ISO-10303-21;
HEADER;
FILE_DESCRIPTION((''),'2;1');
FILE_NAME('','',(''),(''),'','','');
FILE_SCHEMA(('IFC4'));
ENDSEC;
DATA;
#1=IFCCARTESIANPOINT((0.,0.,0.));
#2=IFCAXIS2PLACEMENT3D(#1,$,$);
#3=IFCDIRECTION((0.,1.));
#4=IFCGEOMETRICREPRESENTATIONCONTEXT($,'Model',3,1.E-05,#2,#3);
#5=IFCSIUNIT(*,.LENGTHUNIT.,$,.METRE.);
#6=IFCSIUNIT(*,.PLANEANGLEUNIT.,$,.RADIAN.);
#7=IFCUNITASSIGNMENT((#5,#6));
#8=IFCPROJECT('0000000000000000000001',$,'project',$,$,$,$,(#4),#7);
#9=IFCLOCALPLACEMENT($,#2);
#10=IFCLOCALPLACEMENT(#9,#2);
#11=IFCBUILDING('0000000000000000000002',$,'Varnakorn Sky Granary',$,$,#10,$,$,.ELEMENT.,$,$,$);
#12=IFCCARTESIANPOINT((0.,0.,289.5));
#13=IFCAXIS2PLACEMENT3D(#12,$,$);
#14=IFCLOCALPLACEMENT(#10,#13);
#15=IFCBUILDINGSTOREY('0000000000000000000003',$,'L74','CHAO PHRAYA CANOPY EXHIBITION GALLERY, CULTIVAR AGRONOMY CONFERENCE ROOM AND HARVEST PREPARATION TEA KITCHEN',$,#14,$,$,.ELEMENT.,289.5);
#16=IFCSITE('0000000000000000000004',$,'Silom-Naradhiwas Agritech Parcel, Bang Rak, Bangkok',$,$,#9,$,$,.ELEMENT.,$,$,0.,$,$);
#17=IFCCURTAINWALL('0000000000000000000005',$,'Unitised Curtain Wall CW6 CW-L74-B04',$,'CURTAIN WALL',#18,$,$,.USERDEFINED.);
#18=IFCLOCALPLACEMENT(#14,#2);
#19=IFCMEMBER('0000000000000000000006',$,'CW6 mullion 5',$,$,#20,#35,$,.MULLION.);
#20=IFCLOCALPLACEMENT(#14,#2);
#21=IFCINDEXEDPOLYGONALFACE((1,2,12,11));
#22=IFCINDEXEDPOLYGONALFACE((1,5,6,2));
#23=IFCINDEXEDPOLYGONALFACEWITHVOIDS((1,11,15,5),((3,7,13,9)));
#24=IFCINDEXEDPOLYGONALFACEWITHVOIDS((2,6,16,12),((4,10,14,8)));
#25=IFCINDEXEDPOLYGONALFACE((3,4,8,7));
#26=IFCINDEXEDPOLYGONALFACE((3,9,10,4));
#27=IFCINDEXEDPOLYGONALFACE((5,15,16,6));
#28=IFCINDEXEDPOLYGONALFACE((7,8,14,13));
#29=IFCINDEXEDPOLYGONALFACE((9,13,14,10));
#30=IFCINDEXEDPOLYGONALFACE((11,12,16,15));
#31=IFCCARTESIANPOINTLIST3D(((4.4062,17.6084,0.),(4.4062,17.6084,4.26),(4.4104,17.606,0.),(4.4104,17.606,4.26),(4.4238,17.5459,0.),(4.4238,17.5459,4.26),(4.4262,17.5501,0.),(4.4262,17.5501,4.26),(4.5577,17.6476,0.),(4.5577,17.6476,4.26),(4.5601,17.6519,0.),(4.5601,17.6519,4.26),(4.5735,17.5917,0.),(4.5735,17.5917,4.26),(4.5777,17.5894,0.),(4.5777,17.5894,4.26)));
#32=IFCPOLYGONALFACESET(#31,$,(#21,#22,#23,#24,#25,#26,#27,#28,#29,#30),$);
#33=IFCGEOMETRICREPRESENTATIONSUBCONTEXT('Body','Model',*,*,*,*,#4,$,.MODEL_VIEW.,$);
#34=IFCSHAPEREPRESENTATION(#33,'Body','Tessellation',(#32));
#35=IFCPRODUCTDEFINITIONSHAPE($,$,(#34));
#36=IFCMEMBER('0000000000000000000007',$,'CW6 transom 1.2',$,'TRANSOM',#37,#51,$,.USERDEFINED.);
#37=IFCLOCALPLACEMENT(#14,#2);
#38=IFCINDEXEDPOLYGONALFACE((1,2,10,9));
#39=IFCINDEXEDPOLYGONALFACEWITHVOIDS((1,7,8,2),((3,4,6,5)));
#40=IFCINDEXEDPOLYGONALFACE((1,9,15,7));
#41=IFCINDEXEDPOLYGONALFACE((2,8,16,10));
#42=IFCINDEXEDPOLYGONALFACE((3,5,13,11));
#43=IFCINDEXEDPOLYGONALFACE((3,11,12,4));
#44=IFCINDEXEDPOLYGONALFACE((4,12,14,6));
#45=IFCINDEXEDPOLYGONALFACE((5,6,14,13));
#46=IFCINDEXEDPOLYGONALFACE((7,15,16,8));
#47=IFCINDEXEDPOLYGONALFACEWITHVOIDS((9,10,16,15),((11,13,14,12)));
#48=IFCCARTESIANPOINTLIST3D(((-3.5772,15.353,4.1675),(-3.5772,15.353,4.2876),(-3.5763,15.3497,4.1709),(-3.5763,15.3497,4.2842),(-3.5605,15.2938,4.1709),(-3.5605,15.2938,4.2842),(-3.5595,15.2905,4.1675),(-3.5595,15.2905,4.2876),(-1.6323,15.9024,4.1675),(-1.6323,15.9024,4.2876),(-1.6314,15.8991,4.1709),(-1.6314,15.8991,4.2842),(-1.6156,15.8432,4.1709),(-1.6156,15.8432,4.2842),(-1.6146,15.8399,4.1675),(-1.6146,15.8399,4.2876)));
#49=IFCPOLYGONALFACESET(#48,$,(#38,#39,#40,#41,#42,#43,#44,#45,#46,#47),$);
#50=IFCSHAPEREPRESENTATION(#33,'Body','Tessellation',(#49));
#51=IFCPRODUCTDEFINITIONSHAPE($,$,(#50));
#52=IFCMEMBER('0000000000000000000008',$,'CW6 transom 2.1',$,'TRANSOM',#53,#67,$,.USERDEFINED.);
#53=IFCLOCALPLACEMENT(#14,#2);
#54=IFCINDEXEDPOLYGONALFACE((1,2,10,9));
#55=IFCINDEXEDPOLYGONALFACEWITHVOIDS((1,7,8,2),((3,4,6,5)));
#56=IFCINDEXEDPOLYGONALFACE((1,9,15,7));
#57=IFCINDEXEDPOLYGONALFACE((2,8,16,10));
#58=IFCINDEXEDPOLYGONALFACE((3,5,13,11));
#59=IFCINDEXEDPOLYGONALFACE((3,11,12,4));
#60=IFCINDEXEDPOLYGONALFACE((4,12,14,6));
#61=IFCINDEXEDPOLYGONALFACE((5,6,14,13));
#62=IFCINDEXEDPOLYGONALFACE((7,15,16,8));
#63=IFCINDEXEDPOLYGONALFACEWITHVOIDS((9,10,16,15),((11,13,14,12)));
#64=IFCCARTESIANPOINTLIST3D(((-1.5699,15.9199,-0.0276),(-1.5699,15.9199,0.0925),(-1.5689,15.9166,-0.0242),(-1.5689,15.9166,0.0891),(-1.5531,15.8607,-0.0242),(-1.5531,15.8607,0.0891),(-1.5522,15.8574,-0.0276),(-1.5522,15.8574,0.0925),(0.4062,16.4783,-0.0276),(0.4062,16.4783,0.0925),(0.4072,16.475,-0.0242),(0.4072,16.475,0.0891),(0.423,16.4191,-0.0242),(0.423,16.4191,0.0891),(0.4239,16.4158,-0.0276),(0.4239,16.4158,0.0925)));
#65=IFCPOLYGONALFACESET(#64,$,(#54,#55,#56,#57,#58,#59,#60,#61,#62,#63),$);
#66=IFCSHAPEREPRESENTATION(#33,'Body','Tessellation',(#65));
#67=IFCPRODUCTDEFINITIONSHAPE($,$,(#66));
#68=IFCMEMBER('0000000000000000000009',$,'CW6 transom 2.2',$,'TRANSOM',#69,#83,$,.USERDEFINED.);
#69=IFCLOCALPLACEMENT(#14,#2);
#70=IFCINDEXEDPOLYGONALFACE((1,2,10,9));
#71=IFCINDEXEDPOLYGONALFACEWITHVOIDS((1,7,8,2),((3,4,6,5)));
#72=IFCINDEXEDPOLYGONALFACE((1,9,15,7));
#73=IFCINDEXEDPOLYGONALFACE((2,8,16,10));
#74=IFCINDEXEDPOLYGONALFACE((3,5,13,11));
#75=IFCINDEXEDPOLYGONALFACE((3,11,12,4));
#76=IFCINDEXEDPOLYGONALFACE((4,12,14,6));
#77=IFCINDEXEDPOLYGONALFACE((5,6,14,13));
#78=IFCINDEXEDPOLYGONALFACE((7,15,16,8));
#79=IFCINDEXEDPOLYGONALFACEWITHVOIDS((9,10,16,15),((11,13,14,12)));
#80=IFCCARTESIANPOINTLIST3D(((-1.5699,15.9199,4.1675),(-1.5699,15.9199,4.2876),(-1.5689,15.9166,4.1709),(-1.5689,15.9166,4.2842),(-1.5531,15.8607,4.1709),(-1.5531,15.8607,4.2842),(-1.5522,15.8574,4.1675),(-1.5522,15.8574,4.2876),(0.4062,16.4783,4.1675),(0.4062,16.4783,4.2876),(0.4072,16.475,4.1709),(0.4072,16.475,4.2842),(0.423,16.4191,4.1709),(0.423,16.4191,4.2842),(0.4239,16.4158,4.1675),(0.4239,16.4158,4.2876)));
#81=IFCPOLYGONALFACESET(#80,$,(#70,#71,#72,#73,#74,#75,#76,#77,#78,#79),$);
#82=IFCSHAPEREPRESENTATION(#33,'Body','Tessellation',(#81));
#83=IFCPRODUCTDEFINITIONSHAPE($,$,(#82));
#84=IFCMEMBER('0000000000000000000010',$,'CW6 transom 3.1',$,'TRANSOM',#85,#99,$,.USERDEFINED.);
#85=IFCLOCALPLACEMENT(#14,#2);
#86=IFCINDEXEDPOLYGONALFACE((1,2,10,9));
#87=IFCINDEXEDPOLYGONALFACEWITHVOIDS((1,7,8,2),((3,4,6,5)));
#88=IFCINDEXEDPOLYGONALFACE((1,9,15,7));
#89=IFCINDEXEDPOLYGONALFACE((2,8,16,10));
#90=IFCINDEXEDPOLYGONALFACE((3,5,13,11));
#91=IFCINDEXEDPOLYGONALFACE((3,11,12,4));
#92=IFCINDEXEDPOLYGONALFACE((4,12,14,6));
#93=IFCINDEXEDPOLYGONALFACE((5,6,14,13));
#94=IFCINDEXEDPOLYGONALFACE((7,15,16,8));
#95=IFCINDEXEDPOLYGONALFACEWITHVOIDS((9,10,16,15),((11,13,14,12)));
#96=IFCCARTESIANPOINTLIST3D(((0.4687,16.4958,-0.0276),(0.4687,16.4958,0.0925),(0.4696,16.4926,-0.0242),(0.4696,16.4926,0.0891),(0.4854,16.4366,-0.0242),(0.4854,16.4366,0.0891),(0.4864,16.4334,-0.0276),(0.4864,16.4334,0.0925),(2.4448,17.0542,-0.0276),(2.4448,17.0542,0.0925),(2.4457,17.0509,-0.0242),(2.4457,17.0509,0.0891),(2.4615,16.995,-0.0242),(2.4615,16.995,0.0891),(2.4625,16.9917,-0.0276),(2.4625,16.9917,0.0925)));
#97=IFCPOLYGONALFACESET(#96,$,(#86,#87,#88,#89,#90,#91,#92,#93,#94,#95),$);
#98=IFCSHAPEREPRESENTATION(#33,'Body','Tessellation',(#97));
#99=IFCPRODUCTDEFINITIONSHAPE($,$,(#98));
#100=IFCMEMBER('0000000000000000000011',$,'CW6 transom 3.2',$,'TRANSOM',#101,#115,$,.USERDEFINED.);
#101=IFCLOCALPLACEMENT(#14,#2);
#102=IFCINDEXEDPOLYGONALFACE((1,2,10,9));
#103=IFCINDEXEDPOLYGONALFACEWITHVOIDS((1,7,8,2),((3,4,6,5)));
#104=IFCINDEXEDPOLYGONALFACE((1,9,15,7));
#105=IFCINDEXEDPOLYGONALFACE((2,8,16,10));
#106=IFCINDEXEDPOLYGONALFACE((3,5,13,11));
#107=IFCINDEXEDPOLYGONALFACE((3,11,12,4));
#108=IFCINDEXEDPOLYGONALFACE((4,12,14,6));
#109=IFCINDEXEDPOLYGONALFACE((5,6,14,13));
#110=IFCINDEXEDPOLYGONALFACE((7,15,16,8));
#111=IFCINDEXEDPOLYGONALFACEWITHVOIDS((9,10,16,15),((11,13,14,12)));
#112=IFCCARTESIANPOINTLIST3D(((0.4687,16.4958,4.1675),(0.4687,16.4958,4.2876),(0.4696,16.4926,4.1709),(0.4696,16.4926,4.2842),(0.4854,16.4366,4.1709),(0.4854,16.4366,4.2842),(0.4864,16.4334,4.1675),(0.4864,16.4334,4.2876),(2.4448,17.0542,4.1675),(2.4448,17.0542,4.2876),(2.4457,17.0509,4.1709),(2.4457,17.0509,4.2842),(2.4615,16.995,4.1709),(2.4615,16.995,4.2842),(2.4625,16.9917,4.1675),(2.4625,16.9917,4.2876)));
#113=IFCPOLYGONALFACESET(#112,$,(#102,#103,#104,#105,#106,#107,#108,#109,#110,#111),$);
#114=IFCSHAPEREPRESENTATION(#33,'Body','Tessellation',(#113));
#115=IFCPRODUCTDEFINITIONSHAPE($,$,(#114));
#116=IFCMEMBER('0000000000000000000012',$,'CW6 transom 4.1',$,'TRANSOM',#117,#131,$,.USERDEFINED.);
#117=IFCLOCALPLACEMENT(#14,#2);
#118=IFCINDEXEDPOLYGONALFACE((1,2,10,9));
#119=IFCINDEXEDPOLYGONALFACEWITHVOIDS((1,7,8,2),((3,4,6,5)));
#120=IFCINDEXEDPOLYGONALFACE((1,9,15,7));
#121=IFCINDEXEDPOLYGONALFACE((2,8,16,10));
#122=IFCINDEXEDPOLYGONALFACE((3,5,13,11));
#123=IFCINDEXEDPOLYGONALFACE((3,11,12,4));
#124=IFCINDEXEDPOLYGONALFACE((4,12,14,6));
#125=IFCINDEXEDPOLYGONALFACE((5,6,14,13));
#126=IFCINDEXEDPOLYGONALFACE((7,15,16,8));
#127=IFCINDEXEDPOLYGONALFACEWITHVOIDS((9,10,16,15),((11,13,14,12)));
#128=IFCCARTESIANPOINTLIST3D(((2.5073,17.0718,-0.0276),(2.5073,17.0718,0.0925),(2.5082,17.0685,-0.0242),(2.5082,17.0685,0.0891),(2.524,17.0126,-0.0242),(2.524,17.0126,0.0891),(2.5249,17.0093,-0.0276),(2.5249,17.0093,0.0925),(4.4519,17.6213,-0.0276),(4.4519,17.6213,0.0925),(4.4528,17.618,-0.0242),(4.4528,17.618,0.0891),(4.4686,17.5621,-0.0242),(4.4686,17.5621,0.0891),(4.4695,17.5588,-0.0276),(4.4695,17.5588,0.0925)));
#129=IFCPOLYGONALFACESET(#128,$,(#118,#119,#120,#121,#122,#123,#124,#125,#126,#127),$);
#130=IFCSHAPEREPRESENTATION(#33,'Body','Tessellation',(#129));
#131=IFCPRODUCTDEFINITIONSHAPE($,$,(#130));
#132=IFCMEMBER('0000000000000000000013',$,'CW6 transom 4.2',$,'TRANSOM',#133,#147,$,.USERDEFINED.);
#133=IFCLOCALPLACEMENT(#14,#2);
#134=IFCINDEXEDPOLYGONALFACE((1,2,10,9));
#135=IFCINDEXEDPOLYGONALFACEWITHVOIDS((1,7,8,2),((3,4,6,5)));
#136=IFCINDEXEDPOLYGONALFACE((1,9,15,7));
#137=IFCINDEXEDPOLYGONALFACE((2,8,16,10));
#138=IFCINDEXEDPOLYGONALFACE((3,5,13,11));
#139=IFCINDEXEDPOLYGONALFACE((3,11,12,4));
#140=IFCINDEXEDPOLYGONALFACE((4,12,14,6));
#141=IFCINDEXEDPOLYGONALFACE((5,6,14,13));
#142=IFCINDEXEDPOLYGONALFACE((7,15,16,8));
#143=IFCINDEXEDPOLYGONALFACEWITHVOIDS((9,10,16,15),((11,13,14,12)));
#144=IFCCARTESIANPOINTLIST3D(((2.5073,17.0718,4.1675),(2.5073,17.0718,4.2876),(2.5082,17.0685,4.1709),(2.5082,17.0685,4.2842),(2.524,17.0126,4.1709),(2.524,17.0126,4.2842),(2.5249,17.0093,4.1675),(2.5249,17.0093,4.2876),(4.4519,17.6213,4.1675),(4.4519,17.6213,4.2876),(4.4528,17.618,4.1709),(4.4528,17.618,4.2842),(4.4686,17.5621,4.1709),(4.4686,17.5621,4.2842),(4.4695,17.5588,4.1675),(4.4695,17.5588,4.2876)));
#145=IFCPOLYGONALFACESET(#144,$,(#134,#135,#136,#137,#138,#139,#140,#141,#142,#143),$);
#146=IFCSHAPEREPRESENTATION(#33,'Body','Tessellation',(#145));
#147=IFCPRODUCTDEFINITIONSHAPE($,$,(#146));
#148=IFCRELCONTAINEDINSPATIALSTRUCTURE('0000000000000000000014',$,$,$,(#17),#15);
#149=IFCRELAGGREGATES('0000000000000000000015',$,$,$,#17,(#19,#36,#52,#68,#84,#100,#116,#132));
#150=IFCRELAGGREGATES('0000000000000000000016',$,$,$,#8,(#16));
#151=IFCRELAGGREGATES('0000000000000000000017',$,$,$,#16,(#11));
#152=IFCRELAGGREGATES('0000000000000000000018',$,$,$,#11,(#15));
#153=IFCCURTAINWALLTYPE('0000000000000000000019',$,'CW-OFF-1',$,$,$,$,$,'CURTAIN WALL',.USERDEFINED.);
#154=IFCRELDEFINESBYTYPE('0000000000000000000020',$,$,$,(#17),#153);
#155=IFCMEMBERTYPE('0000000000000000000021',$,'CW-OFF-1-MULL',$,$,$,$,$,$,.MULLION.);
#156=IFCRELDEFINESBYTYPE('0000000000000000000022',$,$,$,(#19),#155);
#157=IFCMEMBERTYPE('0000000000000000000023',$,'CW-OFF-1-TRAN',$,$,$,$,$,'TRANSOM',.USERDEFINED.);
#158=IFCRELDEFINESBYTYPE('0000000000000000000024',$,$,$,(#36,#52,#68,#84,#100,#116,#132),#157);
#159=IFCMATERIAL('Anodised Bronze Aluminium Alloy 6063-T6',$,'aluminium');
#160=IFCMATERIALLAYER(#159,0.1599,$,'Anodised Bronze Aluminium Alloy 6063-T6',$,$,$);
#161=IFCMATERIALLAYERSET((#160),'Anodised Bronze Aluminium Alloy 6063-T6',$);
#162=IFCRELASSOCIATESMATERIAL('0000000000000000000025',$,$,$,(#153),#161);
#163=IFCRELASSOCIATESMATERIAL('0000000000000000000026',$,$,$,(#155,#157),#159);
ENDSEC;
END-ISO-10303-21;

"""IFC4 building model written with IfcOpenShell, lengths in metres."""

from ifc_helpers import new_model, si_unit, direction, frame, origin, origin_2d, place, context, subcontext, project, spatial, hollow_rectangle, extrude, material, layer, layer_set, material_profile, profile_set, type_object, element, aggregate, save


model = new_model("IFC4")

# Units and contexts
model_context = context("Model", 3, precision=1e-05, world=origin(), true_north=direction((0.0, 1.0)))
body_context = subcontext(model_context, "Body", "Model", "MODEL_VIEW")
ifc_project = project(units=[si_unit("LENGTHUNIT", "METRE"), si_unit("PLANEANGLEUNIT", "RADIAN")], contexts=[model_context])

# Site, building, storey
site_placement = place(None, origin())
site = spatial("IfcSite", under=ifc_project, at=site_placement, Name="Silom-Naradhiwas Agritech Parcel, Bang Rak, Bangkok", CompositionType="ELEMENT", RefElevation=0.0)
building_placement = place(site_placement, origin())
building = spatial("IfcBuilding", under=site, at=building_placement, Name="Varnakorn Sky Granary", CompositionType="ELEMENT")
storey_placement = place(building_placement, frame((0.0, 0.0, 289.5)))
storey = spatial("IfcBuildingStorey", under=building, at=storey_placement, Name="L74", Description="CHAO PHRAYA CANOPY EXHIBITION GALLERY, CULTIVAR AGRONOMY CONFERENCE ROOM AND HARVEST PREPARATION TEA KITCHEN", CompositionType="ELEMENT", Elevation=289.5)

# Curtain wall, members
ifc_material_1 = material(Name="Anodised Bronze Aluminium Alloy 6063-T6", Category="aluminium")
ifc_layer_1 = layer(ifc_material_1, 0.1599, Name="Anodised Bronze Aluminium Alloy 6063-T6")
ifc_layer_set_1 = layer_set([ifc_layer_1], Name="Anodised Bronze Aluminium Alloy 6063-T6")
curtain_wall_type = type_object("IfcCurtainWallType", Name="CW-OFF-1", ElementType="CURTAIN WALL", PredefinedType="USERDEFINED", material=ifc_layer_set_1)
curtain_wall_placement = place(storey_placement, origin())
curtain_wall = element("IfcCurtainWall", 1, at=curtain_wall_placement, inside=storey, type_object=curtain_wall_type, Name="Unitised Curtain Wall CW6 CW-L74-B04", ObjectType="CURTAIN WALL", PredefinedType="USERDEFINED")
ifc_material_profile_1 = material_profile(ifc_material_1, hollow_rectangle(XDim=0.0649, YDim=0.1599, WallThickness=0.0034, at=origin_2d()), Name="ALU MULL 65x160")
ifc_profile_set_1 = profile_set([ifc_material_profile_1], Name="Anodised Bronze Aluminium Alloy 6063-T6")
member_type_1 = type_object("IfcMemberType", Name="CW-OFF-1-MULL", PredefinedType="MULLION", material=ifc_profile_set_1)
member_1_placement = place(storey_placement, frame((4.4919, 17.5989, 0.0), z_axis=(0.0, 0.0, 1.0), x_axis=(-0.271878, 0.962332, 0.0)))
member_1 = element("IfcMember", 2, at=member_1_placement, type_object=member_type_1, Name="CW6 mullion 5", PredefinedType="MULLION", context=body_context, shape_type="SweptSolid", body=[
    extrude(hollow_rectangle(XDim=0.0649, YDim=0.1599, WallThickness=0.0034, at=origin_2d()), origin(), (0.0, 0.0, 1.0), 4.26),
])
ifc_material_profile_2 = material_profile(ifc_material_1, hollow_rectangle(XDim=0.0649, YDim=0.1201, WallThickness=0.0034, at=origin_2d()), Name="ALU TRAN 65x120")
ifc_profile_set_2 = profile_set([ifc_material_profile_2], Name="Anodised Bronze Aluminium Alloy 6063-T6")
member_type_2 = type_object("IfcMemberType", Name="CW-OFF-1-TRAN", ElementType="TRANSOM", PredefinedType="USERDEFINED", material=ifc_profile_set_2)
member_2_placement = place(storey_placement, frame((-3.5684, 15.3218, 4.2275), z_axis=(0.962349, 0.271816, 0.0), x_axis=(-0.271816, 0.962349, 0.0)))
member_2 = element("IfcMember", 3, at=member_2_placement, type_object=member_type_2, Name="CW6 transom 1.2", ObjectType="TRANSOM", PredefinedType="USERDEFINED", context=body_context, shape_type="SweptSolid", body=[
    extrude(hollow_rectangle(XDim=0.0649, YDim=0.1201, WallThickness=0.0034, at=origin_2d()), origin(), (0.0, 0.0, 1.0), 2.021),
])
member_3_placement = place(storey_placement, frame((-1.561, 15.8887, 0.0325), z_axis=(0.962323, 0.271909, 0.0), x_axis=(-0.271909, 0.962323, 0.0)))
member_3 = element("IfcMember", 4, at=member_3_placement, type_object=member_type_2, Name="CW6 transom 2.1", ObjectType="TRANSOM", PredefinedType="USERDEFINED", context=body_context, shape_type="SweptSolid", body=[
    extrude(hollow_rectangle(XDim=0.0649, YDim=0.1201, WallThickness=0.0034, at=origin_2d()), origin(), (0.0, 0.0, 1.0), 2.0535),
])
member_4_placement = place(storey_placement, frame((-1.561, 15.8887, 4.2275), z_axis=(0.962323, 0.271909, 0.0), x_axis=(-0.271909, 0.962323, 0.0)))
member_4 = element("IfcMember", 5, at=member_4_placement, type_object=member_type_2, Name="CW6 transom 2.2", ObjectType="TRANSOM", PredefinedType="USERDEFINED", context=body_context, shape_type="SweptSolid", body=[
    extrude(hollow_rectangle(XDim=0.0649, YDim=0.1201, WallThickness=0.0034, at=origin_2d()), origin(), (0.0, 0.0, 1.0), 2.0535),
])
member_5_placement = place(storey_placement, frame((0.4775, 16.4646, 0.0325), z_axis=(0.962323, 0.271909, 0.0), x_axis=(-0.271909, 0.962323, 0.0)))
member_5 = element("IfcMember", 6, at=member_5_placement, type_object=member_type_2, Name="CW6 transom 3.1", ObjectType="TRANSOM", PredefinedType="USERDEFINED", context=body_context, shape_type="SweptSolid", body=[
    extrude(hollow_rectangle(XDim=0.0649, YDim=0.1201, WallThickness=0.0034, at=origin_2d()), origin(), (0.0, 0.0, 1.0), 2.0535),
])
member_6_placement = place(storey_placement, frame((0.4775, 16.4646, 4.2275), z_axis=(0.962323, 0.271909, 0.0), x_axis=(-0.271909, 0.962323, 0.0)))
member_6 = element("IfcMember", 7, at=member_6_placement, type_object=member_type_2, Name="CW6 transom 3.2", ObjectType="TRANSOM", PredefinedType="USERDEFINED", context=body_context, shape_type="SweptSolid", body=[
    extrude(hollow_rectangle(XDim=0.0649, YDim=0.1201, WallThickness=0.0034, at=origin_2d()), origin(), (0.0, 0.0, 1.0), 2.0535),
])
member_7_placement = place(storey_placement, frame((2.5161, 17.0405, 0.0325), z_axis=(0.962309, 0.271959, 0.0), x_axis=(-0.271959, 0.962309, 0.0)))
member_7 = element("IfcMember", 8, at=member_7_placement, type_object=member_type_2, Name="CW6 transom 4.1", ObjectType="TRANSOM", PredefinedType="USERDEFINED", context=body_context, shape_type="SweptSolid", body=[
    extrude(hollow_rectangle(XDim=0.0649, YDim=0.1201, WallThickness=0.0034, at=origin_2d()), origin(), (0.0, 0.0, 1.0), 2.0208),
])
member_8_placement = place(storey_placement, frame((2.5161, 17.0405, 4.2275), z_axis=(0.962309, 0.271959, 0.0), x_axis=(-0.271959, 0.962309, 0.0)))
member_8 = element("IfcMember", 9, at=member_8_placement, type_object=member_type_2, Name="CW6 transom 4.2", ObjectType="TRANSOM", PredefinedType="USERDEFINED", context=body_context, shape_type="SweptSolid", body=[
    extrude(hollow_rectangle(XDim=0.0649, YDim=0.1201, WallThickness=0.0034, at=origin_2d()), origin(), (0.0, 0.0, 1.0), 2.0208),
])

aggregate(curtain_wall, [member_1, member_2, member_3, member_4, member_5, member_6, member_7, member_8])

save(model, "model.ifc")
